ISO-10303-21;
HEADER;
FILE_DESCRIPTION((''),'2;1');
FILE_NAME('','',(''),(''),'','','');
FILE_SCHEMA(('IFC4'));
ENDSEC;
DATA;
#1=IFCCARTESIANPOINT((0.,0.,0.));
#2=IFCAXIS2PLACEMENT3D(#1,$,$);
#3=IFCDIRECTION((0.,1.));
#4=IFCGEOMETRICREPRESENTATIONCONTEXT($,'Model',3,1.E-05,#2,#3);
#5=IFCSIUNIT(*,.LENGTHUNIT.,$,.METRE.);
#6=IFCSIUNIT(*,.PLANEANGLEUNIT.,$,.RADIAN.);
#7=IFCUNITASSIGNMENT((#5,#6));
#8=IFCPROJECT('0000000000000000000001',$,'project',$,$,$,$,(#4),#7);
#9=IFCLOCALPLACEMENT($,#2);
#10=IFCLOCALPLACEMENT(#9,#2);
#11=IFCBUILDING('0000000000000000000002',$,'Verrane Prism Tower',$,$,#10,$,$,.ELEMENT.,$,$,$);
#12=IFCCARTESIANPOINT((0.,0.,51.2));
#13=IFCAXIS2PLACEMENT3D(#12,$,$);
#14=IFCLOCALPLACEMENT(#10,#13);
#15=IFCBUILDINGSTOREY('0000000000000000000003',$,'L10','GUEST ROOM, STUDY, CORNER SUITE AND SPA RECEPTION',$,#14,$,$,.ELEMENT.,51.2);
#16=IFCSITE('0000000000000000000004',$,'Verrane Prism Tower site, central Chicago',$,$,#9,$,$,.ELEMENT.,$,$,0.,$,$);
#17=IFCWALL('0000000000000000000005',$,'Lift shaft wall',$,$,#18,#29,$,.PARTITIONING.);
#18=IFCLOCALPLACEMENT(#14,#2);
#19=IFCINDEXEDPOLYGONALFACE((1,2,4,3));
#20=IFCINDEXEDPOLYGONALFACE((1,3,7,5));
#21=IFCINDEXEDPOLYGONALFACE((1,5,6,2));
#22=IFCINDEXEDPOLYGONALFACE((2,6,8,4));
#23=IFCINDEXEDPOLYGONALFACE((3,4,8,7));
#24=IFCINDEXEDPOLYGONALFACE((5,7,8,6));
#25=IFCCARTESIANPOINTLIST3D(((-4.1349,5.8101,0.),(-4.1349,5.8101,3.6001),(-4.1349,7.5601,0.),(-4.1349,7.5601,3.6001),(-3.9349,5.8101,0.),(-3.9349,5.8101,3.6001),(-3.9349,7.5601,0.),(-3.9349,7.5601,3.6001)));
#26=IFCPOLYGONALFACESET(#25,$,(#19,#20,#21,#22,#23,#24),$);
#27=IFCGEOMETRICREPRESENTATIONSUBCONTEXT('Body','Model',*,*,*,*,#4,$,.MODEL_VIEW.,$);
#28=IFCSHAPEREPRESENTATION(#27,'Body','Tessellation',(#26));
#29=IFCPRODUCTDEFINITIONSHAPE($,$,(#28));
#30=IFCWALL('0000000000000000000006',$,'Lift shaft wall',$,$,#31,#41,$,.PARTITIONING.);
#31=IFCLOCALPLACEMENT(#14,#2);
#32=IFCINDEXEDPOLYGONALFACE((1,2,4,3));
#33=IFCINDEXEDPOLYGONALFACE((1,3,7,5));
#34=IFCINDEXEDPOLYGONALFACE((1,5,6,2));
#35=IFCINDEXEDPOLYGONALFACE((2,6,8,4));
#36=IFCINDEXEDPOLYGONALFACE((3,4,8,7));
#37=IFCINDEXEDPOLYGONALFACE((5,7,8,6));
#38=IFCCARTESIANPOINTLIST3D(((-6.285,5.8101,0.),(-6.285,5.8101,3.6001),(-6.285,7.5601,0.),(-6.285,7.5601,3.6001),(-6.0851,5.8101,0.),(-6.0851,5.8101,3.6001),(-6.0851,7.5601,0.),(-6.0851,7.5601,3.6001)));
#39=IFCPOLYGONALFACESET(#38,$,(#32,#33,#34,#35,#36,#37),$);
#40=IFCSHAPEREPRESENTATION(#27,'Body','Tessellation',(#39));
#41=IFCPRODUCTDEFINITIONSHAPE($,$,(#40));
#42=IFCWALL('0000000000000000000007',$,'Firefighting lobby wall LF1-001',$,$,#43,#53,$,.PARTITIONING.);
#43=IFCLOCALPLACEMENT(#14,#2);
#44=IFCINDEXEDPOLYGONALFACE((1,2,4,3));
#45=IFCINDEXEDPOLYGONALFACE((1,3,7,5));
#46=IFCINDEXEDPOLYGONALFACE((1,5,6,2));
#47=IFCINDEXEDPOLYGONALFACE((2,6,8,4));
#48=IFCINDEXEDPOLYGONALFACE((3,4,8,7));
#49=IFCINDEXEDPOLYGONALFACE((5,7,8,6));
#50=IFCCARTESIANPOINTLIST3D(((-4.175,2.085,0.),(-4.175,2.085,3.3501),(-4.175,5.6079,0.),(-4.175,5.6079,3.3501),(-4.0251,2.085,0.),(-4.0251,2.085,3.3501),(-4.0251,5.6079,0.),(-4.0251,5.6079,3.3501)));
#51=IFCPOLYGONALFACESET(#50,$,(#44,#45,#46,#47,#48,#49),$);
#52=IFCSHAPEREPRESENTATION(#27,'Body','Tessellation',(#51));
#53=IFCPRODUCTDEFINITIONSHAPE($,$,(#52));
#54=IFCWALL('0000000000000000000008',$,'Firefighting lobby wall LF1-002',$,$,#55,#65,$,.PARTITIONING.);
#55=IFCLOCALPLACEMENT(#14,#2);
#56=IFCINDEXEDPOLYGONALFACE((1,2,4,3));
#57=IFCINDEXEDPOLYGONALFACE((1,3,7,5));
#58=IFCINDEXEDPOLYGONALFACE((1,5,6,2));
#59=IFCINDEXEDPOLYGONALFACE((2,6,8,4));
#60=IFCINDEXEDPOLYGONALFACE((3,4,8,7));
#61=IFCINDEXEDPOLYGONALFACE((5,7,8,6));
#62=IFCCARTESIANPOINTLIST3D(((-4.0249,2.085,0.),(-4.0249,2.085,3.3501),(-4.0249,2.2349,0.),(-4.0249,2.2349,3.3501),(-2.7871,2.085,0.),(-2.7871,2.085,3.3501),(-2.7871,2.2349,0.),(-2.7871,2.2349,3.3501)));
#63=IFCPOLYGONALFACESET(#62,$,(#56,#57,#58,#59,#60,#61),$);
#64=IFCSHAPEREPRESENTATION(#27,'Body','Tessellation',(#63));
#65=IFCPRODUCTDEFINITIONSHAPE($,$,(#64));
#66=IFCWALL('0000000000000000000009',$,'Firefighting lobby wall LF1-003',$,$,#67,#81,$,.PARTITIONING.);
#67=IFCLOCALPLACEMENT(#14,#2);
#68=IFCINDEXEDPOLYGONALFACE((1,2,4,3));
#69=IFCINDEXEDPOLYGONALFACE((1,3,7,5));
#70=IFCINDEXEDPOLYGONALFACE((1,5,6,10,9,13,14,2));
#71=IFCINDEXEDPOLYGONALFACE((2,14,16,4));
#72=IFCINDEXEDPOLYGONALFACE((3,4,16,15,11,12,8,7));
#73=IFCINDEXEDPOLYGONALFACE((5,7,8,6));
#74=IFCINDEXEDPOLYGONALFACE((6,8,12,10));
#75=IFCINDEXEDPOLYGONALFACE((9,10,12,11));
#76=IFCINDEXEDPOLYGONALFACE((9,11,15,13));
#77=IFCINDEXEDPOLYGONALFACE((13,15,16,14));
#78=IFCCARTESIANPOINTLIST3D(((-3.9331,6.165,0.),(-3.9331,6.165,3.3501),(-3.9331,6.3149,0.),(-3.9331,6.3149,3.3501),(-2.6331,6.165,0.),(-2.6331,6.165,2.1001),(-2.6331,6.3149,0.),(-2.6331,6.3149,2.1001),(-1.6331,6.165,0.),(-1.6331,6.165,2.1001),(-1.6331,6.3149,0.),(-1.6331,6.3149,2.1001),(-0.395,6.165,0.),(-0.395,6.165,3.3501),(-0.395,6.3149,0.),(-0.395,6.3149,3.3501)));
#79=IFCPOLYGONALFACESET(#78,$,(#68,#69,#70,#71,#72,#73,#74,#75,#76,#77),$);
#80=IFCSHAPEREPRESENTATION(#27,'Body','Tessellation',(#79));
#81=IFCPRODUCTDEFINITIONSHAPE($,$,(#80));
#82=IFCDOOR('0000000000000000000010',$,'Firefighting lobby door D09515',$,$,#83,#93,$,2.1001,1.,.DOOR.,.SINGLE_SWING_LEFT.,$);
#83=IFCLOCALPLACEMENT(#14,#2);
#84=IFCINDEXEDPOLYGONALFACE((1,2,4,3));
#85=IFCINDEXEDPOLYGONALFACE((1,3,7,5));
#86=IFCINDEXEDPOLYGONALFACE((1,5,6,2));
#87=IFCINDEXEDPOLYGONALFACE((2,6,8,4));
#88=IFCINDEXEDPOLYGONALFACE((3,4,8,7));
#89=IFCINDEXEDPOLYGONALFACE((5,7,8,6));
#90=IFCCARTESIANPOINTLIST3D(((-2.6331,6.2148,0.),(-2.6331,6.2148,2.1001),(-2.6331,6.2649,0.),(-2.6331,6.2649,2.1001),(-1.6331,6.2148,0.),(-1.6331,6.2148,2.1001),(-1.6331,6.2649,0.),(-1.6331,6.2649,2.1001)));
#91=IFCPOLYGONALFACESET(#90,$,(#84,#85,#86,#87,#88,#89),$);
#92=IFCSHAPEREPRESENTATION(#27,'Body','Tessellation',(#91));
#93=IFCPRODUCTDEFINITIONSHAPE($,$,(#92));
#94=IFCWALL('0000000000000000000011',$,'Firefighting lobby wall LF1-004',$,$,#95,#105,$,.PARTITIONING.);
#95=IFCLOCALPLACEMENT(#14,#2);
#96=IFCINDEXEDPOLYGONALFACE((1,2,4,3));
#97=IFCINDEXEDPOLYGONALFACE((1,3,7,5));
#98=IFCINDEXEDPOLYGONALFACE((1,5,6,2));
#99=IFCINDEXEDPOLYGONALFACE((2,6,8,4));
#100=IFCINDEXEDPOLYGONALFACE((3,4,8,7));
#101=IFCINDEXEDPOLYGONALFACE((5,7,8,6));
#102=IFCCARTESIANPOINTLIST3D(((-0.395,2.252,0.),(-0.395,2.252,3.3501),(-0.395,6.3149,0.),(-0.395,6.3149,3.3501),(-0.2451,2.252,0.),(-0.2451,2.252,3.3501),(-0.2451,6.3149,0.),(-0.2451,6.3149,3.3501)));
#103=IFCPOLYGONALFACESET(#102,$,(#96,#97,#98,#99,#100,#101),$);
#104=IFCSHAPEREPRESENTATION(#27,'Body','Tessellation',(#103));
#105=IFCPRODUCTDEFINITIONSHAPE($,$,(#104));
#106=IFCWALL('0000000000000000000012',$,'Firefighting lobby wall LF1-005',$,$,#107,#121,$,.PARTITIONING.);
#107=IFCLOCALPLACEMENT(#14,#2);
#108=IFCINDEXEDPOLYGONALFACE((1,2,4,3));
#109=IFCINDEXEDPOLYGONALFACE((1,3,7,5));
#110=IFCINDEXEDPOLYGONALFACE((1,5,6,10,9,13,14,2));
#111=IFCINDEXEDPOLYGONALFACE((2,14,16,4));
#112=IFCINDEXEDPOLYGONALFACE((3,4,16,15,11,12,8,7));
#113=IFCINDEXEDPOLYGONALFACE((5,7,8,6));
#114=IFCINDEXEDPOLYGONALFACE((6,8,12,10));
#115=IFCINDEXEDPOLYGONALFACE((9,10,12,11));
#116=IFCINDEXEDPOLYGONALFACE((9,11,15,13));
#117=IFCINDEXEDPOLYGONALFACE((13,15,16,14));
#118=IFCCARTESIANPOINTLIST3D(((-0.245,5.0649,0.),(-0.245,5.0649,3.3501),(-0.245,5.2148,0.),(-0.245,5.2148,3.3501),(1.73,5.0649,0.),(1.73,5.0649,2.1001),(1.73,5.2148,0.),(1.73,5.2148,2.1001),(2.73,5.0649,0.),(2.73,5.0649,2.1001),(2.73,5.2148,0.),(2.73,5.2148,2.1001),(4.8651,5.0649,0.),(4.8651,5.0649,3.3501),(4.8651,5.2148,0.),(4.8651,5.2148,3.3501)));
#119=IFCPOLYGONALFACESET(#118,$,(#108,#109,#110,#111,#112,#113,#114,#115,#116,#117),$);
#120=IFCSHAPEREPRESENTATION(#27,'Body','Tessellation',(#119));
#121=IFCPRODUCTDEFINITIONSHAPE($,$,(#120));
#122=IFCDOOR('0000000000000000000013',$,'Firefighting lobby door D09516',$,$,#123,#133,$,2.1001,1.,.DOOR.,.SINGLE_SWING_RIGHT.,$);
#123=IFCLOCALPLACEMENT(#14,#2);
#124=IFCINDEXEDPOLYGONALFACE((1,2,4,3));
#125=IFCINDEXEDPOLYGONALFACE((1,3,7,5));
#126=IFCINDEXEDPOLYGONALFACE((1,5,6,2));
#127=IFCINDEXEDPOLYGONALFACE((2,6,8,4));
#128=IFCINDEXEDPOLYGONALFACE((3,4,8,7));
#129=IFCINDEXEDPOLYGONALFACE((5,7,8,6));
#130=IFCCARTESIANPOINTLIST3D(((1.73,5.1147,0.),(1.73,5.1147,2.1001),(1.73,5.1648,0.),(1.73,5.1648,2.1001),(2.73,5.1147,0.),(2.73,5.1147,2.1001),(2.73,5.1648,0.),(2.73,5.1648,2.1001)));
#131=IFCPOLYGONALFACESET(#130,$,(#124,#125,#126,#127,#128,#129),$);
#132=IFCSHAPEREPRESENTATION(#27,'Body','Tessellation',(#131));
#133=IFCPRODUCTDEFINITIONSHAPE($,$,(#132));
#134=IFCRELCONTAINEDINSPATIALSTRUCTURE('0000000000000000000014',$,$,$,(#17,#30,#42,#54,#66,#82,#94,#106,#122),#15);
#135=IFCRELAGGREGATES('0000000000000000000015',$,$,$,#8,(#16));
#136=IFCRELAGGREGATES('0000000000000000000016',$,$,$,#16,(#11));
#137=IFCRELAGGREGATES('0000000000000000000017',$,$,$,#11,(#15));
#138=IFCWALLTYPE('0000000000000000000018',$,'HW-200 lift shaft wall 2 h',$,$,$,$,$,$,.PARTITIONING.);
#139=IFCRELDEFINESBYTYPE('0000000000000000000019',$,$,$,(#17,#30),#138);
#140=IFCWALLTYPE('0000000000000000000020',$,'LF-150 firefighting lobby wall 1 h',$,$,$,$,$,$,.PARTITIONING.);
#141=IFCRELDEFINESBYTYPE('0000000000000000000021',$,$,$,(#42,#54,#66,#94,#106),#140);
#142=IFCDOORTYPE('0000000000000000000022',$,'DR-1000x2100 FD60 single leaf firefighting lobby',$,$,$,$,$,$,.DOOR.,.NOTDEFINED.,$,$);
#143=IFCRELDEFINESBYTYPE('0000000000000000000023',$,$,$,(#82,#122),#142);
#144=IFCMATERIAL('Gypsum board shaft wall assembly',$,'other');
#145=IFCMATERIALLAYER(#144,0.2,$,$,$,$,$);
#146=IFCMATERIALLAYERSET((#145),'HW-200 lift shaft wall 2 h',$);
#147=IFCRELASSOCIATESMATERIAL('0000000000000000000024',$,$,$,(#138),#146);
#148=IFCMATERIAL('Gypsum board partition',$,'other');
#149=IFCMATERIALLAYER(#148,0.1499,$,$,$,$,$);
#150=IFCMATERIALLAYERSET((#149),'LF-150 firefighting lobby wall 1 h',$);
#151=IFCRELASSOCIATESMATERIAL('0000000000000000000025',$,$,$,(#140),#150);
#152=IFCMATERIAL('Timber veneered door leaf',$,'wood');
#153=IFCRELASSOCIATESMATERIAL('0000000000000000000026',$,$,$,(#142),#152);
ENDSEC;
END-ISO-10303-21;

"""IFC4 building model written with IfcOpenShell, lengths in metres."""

from ifc_helpers import new_model, si_unit, direction, frame, frame_2d, origin, place, context, subcontext, project, spatial, rectangle, extrude, material, layer, layer_set, type_object, element, fill, save


model = new_model("IFC4")

# Units and contexts
model_context = context("Model", 3, precision=1e-05, world=origin(), true_north=direction((0.0, 1.0)))
body_context = subcontext(model_context, "Body", "Model", "MODEL_VIEW")
ifc_project = project(units=[si_unit("LENGTHUNIT", "METRE"), si_unit("PLANEANGLEUNIT", "RADIAN")], contexts=[model_context])

# Site, building, storey
site_placement = place(None, origin())
site = spatial("IfcSite", under=ifc_project, at=site_placement, Name="Verrane Prism Tower site, central Chicago", CompositionType="ELEMENT", RefElevation=0.0)
building_placement = place(site_placement, origin())
building = spatial("IfcBuilding", under=site, at=building_placement, Name="Verrane Prism Tower", CompositionType="ELEMENT")
storey_placement = place(building_placement, frame((0.0, 0.0, 51.2)))
storey = spatial("IfcBuildingStorey", under=building, at=storey_placement, Name="L10", Description="GUEST ROOM, STUDY, CORNER SUITE AND SPA RECEPTION", CompositionType="ELEMENT", Elevation=51.2)

# Shared definitions
ifc_material_1 = material(Name="Gypsum board shaft wall assembly", Category="other")
ifc_layer_1 = layer(ifc_material_1, 0.2)
ifc_layer_set_1 = layer_set([ifc_layer_1], Name="HW-200 lift shaft wall 2 h")
wall_type_1 = type_object("IfcWallType", Name="HW-200 lift shaft wall 2 h", PredefinedType="PARTITIONING", material=ifc_layer_set_1)

# Walls
for number, where, z_axis, x_axis, name in (
    (1, (-4.0349, 5.8101, 0.0), (0.0, 0.0, 1.0), (0.0, 1.0, 0.0), "Lift shaft wall"),
    (2, (-6.1851, 5.8101, 0.0), (0.0, 0.0, 1.0), (0.0, 1.0, 0.0), "Lift shaft wall"),
):
    element("IfcWall", number, at=place(storey_placement, frame(where, z_axis=z_axis, x_axis=x_axis)), inside=storey, type_object=wall_type_1, Name=name, PredefinedType="PARTITIONING", context=body_context, shape_type="SweptSolid", body=[
        extrude(rectangle(XDim=1.75, YDim=0.2, at=frame_2d((0.875, 0.0))), origin(), (0.0, 0.0, 1.0), 3.6001),
    ])
ifc_material_2 = material(Name="Gypsum board partition", Category="other")
ifc_layer_2 = layer(ifc_material_2, 0.1499)
ifc_layer_set_2 = layer_set([ifc_layer_2], Name="LF-150 firefighting lobby wall 1 h")
wall_type_2 = type_object("IfcWallType", Name="LF-150 firefighting lobby wall 1 h", PredefinedType="PARTITIONING", material=ifc_layer_set_2)
wall_1_placement = place(storey_placement, frame((-4.1001, 2.085, 0.0), z_axis=(0.0, 0.0, 1.0), x_axis=(0.0, 1.0, 0.0)))
element("IfcWall", 3, at=wall_1_placement, inside=storey, type_object=wall_type_2, Name="Firefighting lobby wall LF1-001", PredefinedType="PARTITIONING", context=body_context, shape_type="SweptSolid", body=[
    extrude(rectangle(XDim=3.5229, YDim=0.1499, at=frame_2d((1.7615, 0.0))), origin(), (0.0, 0.0, 1.0), 3.3501),
])
wall_2_placement = place(storey_placement, frame((-4.0249, 2.1599, 0.0), z_axis=(0.0, 0.0, 1.0), x_axis=(1.0, 0.0, 0.0)))
element("IfcWall", 4, at=wall_2_placement, inside=storey, type_object=wall_type_2, Name="Firefighting lobby wall LF1-002", PredefinedType="PARTITIONING", context=body_context, shape_type="SweptSolid", body=[
    extrude(rectangle(XDim=1.2378, YDim=0.1499, at=frame_2d((0.6189, 0.0))), origin(), (0.0, 0.0, 1.0), 3.3501),
])

# Wall, opening, door
wall_3_placement = place(storey_placement, frame((-3.9331, 6.24, 0.0), z_axis=(0.0, 0.0, 1.0), x_axis=(1.0, 0.0, 0.0)))
wall_3 = element("IfcWall", 5, at=wall_3_placement, inside=storey, type_object=wall_type_2, Name="Firefighting lobby wall LF1-003", PredefinedType="PARTITIONING", context=body_context, shape_type="SweptSolid", body=[
    extrude(rectangle(XDim=3.5381, YDim=0.1499, at=frame_2d((1.769, 0.0))), origin(), (0.0, 0.0, 1.0), 3.3501),
])
opening_1_placement = place(wall_3_placement, frame((1.3, 0.0, 0.0)))
opening_1 = element("IfcOpeningElement", 6, at=opening_1_placement, cuts=wall_3, PredefinedType="OPENING", context=body_context, shape_type="SweptSolid", body=[
    extrude(rectangle(XDim=1.0, YDim=2.1001, at=frame_2d((0.5, 1.05))), frame((0.0, 0.085, 0.0), z_axis=(0.0, -1.0, 0.0), x_axis=(1.0, 0.0, 0.0)), (0.0, 0.0, 1.0), 0.1699),
])
ifc_material_3 = material(Name="Timber veneered door leaf", Category="wood")
door_type_1 = type_object("IfcDoorType", Name="DR-1000x2100 FD60 single leaf firefighting lobby", OperationType="NOTDEFINED", PredefinedType="DOOR", material=ifc_material_3)
door_1_placement = place(opening_1_placement, origin())
door_1 = element("IfcDoor", 7, at=door_1_placement, inside=storey, type_object=door_type_1, Name="Firefighting lobby door D09515", OperationType="SINGLE_SWING_LEFT", OverallHeight=2.1001, OverallWidth=1.0, PredefinedType="DOOR", context=body_context, shape_type="SweptSolid", body=[
    extrude(rectangle(XDim=1.0, YDim=2.1001, at=frame_2d((0.5, 1.05))), frame((0.0, 0.0249, 0.0), z_axis=(0.0, -1.0, 0.0), x_axis=(1.0, 0.0, 0.0)), (0.0, 0.0, 1.0), 0.05),
])
fill(opening_1, door_1)

# Wall
wall_4_placement = place(storey_placement, frame((-0.3201, 2.252, 0.0), z_axis=(0.0, 0.0, 1.0), x_axis=(0.0, 1.0, 0.0)))
element("IfcWall", 8, at=wall_4_placement, inside=storey, type_object=wall_type_2, Name="Firefighting lobby wall LF1-004", PredefinedType="PARTITIONING", context=body_context, shape_type="SweptSolid", body=[
    extrude(rectangle(XDim=4.063, YDim=0.1499, at=frame_2d((2.0315, 0.0))), origin(), (0.0, 0.0, 1.0), 3.3501),
])

# Wall, opening, door
wall_5_placement = place(storey_placement, frame((-0.2451, 5.1399, 0.0), z_axis=(0.0, 0.0, 1.0), x_axis=(1.0, 0.0, 0.0)))
wall_5 = element("IfcWall", 9, at=wall_5_placement, inside=storey, type_object=wall_type_2, Name="Firefighting lobby wall LF1-005", PredefinedType="PARTITIONING", context=body_context, shape_type="SweptSolid", body=[
    extrude(rectangle(XDim=5.1101, YDim=0.1499, at=frame_2d((2.5552, 0.0))), origin(), (0.0, 0.0, 1.0), 3.3501),
])
opening_2_placement = place(wall_5_placement, frame((1.9751, 0.0, 0.0)))
opening_2 = element("IfcOpeningElement", 10, at=opening_2_placement, cuts=wall_5, PredefinedType="OPENING", context=body_context, shape_type="SweptSolid", body=[
    extrude(rectangle(XDim=1.0, YDim=2.1001, at=frame_2d((0.5, 1.05))), frame((0.0, 0.085, 0.0), z_axis=(0.0, -1.0, 0.0), x_axis=(1.0, 0.0, 0.0)), (0.0, 0.0, 1.0), 0.1699),
])
door_2_placement = place(opening_2_placement, origin())
door_2 = element("IfcDoor", 11, at=door_2_placement, inside=storey, type_object=door_type_1, Name="Firefighting lobby door D09516", OperationType="SINGLE_SWING_RIGHT", OverallHeight=2.1001, OverallWidth=1.0, PredefinedType="DOOR", context=body_context, shape_type="SweptSolid", body=[
    extrude(rectangle(XDim=1.0, YDim=2.1001, at=frame_2d((0.5, 1.05))), frame((0.0, 0.0249, 0.0), z_axis=(0.0, -1.0, 0.0), x_axis=(1.0, 0.0, 0.0)), (0.0, 0.0, 1.0), 0.05),
])
fill(opening_2, door_2)

save(model, "model.ifc")
